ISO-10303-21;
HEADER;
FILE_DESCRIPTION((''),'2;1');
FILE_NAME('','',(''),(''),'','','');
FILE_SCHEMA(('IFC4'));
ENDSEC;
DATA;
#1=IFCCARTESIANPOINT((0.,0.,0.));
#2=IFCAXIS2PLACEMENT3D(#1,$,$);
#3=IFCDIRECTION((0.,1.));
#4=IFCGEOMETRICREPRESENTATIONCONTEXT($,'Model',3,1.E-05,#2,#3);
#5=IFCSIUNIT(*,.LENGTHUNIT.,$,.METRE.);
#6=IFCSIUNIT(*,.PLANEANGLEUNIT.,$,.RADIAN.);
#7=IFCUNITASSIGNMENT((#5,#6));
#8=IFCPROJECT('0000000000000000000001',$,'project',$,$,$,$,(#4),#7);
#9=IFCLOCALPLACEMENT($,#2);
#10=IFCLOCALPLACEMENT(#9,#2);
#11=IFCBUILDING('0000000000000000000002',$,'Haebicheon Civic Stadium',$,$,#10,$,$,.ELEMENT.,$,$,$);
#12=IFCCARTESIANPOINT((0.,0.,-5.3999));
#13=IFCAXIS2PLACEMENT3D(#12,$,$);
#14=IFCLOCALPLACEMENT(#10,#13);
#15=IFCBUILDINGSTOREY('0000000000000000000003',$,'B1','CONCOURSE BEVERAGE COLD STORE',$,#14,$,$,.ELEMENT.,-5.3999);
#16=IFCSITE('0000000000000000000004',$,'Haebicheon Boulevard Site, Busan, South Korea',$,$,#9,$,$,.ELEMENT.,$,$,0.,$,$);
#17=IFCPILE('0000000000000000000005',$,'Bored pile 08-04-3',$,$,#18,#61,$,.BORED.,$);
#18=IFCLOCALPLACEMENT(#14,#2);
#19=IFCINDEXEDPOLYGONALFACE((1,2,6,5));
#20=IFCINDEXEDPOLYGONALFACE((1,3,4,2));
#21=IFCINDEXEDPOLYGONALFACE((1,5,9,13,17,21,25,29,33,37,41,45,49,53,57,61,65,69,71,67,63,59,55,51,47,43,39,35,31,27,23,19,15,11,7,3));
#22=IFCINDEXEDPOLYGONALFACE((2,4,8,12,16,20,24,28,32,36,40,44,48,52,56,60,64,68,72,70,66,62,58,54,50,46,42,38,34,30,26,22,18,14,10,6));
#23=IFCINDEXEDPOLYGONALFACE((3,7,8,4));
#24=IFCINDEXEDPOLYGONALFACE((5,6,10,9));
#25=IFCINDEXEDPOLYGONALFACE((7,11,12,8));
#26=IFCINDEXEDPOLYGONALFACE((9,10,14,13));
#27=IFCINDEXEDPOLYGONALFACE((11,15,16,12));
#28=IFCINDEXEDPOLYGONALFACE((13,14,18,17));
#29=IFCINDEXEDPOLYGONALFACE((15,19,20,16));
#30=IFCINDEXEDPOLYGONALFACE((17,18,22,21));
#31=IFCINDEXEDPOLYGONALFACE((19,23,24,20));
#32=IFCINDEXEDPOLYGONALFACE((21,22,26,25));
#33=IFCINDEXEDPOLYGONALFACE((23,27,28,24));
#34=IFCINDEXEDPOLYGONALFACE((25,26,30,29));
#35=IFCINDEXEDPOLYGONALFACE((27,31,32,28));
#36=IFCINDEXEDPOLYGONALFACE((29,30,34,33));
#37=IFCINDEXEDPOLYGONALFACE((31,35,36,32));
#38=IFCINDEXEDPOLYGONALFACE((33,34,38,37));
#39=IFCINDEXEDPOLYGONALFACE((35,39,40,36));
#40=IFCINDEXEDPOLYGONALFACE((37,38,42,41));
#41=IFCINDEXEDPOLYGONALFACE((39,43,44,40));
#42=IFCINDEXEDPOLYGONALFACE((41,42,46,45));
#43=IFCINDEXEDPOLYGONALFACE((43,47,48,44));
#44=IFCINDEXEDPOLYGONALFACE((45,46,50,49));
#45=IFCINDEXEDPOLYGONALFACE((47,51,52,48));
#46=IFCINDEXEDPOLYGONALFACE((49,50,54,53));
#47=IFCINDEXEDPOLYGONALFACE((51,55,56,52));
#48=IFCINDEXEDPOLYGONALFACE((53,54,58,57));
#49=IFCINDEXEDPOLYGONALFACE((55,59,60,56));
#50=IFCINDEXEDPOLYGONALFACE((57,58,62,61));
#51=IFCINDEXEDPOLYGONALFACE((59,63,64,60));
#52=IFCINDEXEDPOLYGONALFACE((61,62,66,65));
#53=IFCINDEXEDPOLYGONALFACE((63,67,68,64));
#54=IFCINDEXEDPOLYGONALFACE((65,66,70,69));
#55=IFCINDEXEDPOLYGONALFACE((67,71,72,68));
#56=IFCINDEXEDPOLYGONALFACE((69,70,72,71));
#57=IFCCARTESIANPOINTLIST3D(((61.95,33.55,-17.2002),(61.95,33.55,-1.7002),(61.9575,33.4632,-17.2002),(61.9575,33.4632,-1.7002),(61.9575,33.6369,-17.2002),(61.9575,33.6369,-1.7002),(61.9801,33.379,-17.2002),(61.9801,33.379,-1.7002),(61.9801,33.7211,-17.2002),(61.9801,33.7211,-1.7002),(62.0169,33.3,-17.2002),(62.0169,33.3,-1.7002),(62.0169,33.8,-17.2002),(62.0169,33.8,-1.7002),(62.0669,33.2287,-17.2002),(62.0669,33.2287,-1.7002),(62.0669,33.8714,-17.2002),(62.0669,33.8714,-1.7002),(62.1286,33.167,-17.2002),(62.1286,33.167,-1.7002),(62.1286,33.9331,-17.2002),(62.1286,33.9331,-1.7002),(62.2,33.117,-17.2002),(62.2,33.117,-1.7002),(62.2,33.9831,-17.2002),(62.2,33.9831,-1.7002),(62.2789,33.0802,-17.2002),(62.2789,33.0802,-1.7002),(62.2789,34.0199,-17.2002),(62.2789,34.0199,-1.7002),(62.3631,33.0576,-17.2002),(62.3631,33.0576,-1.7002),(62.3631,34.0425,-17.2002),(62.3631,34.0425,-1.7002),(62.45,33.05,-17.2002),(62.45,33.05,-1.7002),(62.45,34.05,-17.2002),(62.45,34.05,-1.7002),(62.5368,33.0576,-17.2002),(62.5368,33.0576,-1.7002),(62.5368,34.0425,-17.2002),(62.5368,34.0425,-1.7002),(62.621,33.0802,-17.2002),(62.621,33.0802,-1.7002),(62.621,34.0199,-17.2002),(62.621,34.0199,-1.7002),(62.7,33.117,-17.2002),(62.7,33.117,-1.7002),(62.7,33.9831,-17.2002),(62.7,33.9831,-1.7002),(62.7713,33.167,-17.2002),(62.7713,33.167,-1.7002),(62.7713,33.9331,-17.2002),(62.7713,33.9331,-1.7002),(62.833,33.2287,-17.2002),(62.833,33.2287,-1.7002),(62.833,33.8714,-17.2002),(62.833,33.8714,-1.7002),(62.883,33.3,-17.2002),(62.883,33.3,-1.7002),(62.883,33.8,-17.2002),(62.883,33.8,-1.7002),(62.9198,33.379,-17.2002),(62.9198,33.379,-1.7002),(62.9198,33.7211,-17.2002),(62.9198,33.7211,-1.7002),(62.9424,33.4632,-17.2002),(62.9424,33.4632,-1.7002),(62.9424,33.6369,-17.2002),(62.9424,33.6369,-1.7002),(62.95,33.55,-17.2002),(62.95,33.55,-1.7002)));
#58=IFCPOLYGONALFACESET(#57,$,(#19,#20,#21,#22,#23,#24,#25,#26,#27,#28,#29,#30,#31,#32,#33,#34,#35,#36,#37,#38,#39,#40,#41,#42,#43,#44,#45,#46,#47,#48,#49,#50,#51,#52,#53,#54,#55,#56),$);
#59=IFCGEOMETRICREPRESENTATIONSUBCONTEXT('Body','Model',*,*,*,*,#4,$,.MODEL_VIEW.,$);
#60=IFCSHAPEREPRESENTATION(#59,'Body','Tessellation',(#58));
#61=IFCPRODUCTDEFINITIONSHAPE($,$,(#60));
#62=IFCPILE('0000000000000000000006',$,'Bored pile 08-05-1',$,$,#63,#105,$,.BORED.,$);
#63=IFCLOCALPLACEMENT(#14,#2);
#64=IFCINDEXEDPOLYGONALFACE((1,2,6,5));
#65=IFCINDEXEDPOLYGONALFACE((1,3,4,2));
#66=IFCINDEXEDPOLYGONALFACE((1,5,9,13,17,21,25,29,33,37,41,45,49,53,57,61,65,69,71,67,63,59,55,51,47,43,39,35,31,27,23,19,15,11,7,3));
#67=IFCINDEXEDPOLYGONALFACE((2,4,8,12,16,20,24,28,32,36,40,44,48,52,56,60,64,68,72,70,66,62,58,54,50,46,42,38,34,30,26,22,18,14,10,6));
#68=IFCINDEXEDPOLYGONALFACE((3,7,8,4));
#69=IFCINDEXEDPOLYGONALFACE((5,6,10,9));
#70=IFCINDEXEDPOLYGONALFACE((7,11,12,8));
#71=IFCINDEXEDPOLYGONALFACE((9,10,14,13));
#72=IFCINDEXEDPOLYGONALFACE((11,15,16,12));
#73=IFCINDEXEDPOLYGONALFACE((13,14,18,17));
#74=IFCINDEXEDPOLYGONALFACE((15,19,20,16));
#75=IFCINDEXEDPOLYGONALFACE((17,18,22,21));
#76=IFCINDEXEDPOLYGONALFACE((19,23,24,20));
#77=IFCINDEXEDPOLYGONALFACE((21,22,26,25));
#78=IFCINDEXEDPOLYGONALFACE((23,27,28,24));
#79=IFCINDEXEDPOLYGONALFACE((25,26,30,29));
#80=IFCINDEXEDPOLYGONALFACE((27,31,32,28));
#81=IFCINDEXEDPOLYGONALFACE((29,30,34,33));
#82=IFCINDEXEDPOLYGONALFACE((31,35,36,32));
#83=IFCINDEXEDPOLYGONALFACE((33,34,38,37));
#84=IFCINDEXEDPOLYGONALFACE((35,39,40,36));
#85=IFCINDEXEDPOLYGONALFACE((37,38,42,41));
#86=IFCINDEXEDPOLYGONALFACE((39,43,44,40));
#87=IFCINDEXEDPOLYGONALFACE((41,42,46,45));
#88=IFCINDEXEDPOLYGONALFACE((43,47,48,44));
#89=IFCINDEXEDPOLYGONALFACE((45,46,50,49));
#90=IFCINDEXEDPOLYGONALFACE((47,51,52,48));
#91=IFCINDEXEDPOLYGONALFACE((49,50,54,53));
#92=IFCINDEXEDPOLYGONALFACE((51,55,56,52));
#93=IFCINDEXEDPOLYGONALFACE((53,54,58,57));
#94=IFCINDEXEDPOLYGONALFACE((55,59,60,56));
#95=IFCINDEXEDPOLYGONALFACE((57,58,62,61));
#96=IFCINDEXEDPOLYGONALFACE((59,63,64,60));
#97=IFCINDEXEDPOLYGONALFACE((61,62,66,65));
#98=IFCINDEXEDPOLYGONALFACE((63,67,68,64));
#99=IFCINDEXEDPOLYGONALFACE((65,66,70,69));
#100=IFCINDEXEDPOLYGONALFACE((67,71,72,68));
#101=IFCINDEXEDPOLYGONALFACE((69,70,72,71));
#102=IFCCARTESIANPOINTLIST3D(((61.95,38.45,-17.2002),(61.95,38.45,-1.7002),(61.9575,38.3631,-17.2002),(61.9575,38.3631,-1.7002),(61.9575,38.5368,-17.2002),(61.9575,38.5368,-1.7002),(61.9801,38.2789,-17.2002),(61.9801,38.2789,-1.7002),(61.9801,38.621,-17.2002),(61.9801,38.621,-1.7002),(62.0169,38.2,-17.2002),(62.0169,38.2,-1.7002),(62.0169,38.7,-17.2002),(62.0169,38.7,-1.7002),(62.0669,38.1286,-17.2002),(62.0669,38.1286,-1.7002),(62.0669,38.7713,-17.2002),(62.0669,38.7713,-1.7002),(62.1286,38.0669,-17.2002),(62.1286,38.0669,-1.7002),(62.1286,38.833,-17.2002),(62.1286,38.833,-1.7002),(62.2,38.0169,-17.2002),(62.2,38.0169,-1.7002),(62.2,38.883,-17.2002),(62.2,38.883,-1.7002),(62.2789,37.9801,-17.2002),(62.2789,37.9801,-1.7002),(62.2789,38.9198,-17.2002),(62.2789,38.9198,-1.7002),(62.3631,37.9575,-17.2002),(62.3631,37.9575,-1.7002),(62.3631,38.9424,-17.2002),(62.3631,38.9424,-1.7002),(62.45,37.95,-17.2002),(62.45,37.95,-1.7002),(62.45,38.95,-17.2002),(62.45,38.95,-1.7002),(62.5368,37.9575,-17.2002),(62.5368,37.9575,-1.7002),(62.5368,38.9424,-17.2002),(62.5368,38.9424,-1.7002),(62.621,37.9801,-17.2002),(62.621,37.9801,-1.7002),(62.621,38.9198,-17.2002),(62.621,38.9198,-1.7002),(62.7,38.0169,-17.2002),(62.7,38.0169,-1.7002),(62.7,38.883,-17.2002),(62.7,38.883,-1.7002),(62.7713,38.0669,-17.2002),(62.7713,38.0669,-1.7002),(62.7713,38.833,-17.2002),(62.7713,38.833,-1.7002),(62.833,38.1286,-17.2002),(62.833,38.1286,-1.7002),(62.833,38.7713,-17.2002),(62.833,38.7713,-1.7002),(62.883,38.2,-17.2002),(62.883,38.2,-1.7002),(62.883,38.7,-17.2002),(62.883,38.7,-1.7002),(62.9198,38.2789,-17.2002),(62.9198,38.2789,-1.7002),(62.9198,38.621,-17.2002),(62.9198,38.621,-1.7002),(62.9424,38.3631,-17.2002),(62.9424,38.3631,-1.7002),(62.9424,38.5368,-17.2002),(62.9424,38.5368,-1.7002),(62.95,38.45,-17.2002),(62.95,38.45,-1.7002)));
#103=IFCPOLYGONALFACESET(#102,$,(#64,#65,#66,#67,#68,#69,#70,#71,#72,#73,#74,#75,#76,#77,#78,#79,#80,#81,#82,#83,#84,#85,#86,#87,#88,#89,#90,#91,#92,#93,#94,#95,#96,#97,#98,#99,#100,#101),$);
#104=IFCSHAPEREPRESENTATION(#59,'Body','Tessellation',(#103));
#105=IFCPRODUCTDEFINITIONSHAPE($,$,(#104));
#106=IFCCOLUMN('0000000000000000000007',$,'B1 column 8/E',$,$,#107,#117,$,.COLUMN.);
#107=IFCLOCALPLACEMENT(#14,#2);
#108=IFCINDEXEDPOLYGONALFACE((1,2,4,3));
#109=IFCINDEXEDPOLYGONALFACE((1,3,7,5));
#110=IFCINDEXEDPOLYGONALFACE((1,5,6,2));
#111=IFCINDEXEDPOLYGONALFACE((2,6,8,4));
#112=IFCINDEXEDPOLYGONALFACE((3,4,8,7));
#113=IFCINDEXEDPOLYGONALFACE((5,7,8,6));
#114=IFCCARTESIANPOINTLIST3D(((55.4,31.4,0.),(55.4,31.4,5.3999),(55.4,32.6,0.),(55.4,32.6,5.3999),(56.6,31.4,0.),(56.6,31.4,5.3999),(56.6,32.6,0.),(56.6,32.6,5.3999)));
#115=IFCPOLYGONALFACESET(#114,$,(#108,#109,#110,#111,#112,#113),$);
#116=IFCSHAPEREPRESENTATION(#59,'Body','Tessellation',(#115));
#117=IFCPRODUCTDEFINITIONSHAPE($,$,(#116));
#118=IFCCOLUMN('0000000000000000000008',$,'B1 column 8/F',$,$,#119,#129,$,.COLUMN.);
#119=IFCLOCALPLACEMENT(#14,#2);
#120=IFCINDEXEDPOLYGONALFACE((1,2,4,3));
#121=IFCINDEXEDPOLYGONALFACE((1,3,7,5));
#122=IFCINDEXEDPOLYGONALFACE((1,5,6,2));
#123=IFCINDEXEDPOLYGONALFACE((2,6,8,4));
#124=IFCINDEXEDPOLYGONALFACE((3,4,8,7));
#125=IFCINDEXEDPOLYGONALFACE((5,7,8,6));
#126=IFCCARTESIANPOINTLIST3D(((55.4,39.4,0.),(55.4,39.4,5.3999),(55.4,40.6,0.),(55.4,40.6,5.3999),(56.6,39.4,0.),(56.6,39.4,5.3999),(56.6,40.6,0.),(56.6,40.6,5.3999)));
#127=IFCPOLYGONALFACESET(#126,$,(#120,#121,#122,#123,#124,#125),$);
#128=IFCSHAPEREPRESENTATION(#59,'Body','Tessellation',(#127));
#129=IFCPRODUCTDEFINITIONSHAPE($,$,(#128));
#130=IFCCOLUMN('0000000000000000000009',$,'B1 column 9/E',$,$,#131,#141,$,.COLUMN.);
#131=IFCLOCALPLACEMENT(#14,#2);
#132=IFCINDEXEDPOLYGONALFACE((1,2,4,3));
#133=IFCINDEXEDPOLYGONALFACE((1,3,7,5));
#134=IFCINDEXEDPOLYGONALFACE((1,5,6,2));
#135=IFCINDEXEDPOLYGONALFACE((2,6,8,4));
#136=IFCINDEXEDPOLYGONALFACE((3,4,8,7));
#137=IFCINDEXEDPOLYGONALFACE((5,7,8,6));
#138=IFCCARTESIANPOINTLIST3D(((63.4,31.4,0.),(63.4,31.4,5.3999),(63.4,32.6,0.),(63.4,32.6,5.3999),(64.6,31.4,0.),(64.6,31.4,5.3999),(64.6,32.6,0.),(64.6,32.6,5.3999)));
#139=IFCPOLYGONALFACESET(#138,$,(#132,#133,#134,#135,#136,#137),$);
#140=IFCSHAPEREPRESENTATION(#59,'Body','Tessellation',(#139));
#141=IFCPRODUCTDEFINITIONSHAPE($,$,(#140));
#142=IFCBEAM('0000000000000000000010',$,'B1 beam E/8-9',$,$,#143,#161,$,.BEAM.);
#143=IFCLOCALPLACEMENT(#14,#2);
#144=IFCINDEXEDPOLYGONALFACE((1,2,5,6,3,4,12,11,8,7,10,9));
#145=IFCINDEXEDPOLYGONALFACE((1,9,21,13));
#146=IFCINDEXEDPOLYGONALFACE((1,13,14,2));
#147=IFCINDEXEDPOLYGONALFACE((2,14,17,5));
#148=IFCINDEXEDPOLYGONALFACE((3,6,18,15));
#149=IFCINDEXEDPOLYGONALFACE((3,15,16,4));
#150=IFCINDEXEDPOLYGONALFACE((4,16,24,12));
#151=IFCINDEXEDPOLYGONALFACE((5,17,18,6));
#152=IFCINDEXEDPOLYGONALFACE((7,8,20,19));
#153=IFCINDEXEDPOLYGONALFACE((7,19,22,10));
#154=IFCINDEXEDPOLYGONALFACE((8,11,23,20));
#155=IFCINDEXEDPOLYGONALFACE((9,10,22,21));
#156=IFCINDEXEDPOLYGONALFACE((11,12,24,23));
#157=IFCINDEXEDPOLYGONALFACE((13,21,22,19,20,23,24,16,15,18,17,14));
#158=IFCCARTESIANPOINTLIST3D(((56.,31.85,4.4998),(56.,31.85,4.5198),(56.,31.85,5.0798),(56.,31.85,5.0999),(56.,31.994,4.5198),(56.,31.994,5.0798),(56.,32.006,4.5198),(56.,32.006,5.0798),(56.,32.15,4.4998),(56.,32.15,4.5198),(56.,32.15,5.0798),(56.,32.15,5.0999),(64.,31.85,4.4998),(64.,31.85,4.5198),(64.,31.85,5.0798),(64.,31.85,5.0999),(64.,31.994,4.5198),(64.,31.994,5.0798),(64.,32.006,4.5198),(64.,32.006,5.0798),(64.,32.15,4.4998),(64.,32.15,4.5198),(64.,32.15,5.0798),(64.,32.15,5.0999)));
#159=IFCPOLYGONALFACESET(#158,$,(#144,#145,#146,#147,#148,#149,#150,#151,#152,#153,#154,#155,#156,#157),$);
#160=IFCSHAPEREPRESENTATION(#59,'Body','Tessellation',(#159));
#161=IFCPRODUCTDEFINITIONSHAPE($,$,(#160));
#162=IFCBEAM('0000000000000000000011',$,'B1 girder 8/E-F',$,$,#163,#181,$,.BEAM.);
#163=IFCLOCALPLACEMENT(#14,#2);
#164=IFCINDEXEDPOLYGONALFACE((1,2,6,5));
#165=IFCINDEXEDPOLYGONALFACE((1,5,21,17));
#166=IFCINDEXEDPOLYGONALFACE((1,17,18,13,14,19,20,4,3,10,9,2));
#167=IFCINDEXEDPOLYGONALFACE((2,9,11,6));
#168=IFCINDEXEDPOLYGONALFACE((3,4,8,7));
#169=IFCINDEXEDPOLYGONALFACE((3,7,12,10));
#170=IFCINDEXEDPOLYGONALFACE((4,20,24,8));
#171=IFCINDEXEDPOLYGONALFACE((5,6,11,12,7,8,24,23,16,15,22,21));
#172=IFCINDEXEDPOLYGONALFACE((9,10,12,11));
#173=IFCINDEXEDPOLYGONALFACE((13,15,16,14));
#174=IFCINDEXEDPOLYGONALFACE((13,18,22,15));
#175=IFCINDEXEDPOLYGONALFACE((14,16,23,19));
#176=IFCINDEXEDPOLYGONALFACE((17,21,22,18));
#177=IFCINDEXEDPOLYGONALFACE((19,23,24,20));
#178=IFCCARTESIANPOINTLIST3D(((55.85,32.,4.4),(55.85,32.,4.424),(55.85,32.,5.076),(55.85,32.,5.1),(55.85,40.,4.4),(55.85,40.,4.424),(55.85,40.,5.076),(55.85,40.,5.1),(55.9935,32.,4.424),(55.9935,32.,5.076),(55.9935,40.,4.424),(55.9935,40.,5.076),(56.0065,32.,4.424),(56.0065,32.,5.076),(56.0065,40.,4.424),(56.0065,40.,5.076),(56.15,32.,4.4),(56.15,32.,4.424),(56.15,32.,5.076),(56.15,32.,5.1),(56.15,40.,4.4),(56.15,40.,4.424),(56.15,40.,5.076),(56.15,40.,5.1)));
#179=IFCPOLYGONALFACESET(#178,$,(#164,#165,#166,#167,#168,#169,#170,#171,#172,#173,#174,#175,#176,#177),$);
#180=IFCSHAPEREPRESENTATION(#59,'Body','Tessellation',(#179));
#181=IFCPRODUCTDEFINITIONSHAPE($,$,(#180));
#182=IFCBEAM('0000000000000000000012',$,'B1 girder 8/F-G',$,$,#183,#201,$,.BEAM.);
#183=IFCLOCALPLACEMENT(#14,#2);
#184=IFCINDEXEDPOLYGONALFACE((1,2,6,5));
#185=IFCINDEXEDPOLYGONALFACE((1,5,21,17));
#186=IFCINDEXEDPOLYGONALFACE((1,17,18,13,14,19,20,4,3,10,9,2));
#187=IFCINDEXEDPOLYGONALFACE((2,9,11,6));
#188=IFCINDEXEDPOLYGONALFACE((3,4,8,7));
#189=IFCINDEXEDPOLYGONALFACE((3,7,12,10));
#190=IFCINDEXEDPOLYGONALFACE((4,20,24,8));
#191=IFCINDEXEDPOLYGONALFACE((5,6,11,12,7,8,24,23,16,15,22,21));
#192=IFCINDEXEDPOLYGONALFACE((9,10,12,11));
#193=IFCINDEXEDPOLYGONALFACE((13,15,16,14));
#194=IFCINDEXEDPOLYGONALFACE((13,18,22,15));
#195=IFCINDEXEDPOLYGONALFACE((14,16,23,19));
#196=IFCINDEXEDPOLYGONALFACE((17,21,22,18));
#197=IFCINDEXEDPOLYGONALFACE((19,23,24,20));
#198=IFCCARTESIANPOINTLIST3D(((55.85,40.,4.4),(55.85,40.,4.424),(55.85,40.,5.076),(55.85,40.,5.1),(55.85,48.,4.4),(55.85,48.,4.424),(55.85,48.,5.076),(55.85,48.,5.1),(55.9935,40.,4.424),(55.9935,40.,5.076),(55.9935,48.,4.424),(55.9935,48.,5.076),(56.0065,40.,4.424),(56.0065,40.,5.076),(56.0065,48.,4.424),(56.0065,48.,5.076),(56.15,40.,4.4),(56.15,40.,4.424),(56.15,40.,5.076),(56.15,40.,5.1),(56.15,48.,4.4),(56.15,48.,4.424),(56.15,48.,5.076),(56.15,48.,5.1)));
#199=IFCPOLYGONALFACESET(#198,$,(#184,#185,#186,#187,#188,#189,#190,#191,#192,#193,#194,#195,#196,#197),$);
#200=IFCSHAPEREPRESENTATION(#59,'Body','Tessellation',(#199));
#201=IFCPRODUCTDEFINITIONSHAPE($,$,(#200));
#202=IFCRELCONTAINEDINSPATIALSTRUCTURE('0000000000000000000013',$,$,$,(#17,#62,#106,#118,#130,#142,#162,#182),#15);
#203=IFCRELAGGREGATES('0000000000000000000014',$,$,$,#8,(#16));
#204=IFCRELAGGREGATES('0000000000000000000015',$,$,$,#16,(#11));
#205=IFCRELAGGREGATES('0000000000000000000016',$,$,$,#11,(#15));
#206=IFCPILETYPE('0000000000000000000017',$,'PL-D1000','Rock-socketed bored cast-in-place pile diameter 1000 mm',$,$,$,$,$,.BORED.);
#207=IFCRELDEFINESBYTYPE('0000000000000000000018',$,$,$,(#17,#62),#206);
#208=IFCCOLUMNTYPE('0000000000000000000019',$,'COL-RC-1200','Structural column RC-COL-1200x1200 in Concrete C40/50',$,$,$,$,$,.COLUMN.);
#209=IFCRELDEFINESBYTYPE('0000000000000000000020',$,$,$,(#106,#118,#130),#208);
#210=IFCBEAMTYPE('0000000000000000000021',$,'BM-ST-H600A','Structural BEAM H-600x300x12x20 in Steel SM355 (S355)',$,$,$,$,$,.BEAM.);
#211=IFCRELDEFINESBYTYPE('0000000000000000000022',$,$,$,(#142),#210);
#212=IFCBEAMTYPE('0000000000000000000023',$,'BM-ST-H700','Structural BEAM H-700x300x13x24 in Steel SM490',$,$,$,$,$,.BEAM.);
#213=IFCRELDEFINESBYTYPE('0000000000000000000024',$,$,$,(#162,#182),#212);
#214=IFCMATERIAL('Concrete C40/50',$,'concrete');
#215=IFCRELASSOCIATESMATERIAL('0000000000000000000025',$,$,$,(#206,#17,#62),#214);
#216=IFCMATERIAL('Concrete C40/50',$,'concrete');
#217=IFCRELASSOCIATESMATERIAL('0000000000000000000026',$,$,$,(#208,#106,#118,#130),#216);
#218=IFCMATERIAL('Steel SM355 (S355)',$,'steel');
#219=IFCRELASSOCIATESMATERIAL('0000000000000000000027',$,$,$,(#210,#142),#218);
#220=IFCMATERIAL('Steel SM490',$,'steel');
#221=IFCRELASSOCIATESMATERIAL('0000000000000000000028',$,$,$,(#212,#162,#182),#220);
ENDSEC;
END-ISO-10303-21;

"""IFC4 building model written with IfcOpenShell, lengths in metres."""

from ifc_helpers import new_model, si_unit, direction, frame, origin, origin_2d, place, context, subcontext, project, spatial, rectangle, circle, i_section, extrude, material, material_profile, profile_set, type_object, element, save


model = new_model("IFC4")

# Units and contexts
model_context = context("Model", 3, precision=1e-05, world=origin(), true_north=direction((0.0, 1.0)))
body_context = subcontext(model_context, "Body", "Model", "MODEL_VIEW")
ifc_project = project(units=[si_unit("LENGTHUNIT", "METRE"), si_unit("PLANEANGLEUNIT", "RADIAN")], contexts=[model_context])

# Site, building, storey
site_placement = place(None, origin())
site = spatial("IfcSite", under=ifc_project, at=site_placement, Name="Haebicheon Boulevard Site, Busan, South Korea", CompositionType="ELEMENT", RefElevation=0.0)
building_placement = place(site_placement, origin())
building = spatial("IfcBuilding", under=site, at=building_placement, Name="Haebicheon Civic Stadium", CompositionType="ELEMENT")
storey_placement = place(building_placement, frame((0.0, 0.0, -5.3999)))
storey = spatial("IfcBuildingStorey", under=building, at=storey_placement, Name="B1", Description="CONCOURSE BEVERAGE COLD STORE", CompositionType="ELEMENT", Elevation=-5.3999)

# Piles
ifc_material_1 = material(Name="Concrete C40/50", Category="concrete")
ifc_material_profile_1 = material_profile(ifc_material_1, circle(Radius=0.5, at=origin_2d()), Name="PILE-D1000")
ifc_profile_set_1 = profile_set([ifc_material_profile_1], Name="Concrete C40/50")
pile_type = type_object("IfcPileType", Name="PL-D1000", Description="Rock-socketed bored cast-in-place pile diameter 1000 mm", PredefinedType="BORED", material=ifc_profile_set_1)
for number, where, z_axis, x_axis, name in (
    (1, (62.45, 33.55, -1.7002), (0.0, 0.0, -1.0), (1.0, 0.0, 0.0), "Bored pile 08-04-3"),
    (2, (62.45, 38.45, -1.7002), (0.0, 0.0, -1.0), (1.0, 0.0, 0.0), "Bored pile 08-05-1"),
):
    element("IfcPile", number, at=place(storey_placement, frame(where, z_axis=z_axis, x_axis=x_axis)), inside=storey, type_object=pile_type, material=ifc_profile_set_1, Name=name, PredefinedType="BORED", context=body_context, shape_type="SweptSolid", body=[
        extrude(circle(Radius=0.5, at=origin_2d()), origin(), (0.0, 0.0, 1.0), 15.5),
    ])

# Columns
ifc_material_2 = material(Name="Concrete C40/50", Category="concrete")
ifc_material_profile_2 = material_profile(ifc_material_2, rectangle(XDim=1.2, YDim=1.2, at=origin_2d()), Name="RC-COL-1200x1200")
ifc_profile_set_2 = profile_set([ifc_material_profile_2], Name="Concrete C40/50")
column_type = type_object("IfcColumnType", Name="COL-RC-1200", Description="Structural column RC-COL-1200x1200 in Concrete C40/50", PredefinedType="COLUMN", material=ifc_profile_set_2)
for number, where, z_axis, x_axis, name in (
    (3, (56.0, 32.0, 0.0), (0.0, 0.0, 1.0), (1.0, 0.0, 0.0), "B1 column 8/E"),
    (4, (56.0, 40.0, 0.0), (0.0, 0.0, 1.0), (1.0, 0.0, 0.0), "B1 column 8/F"),
    (5, (64.0, 32.0, 0.0), (0.0, 0.0, 1.0), (1.0, 0.0, 0.0), "B1 column 9/E"),
):
    element("IfcColumn", number, at=place(storey_placement, frame(where, z_axis=z_axis, x_axis=x_axis)), inside=storey, type_object=column_type, material=ifc_profile_set_2, Name=name, PredefinedType="COLUMN", context=body_context, shape_type="SweptSolid", body=[
        extrude(rectangle(XDim=1.2, YDim=1.2, at=origin_2d()), origin(), (0.0, 0.0, 1.0), 5.3999),
    ])

# Beams
ifc_material_3 = material(Name="Steel SM355 (S355)", Category="steel")
ifc_material_profile_3 = material_profile(ifc_material_3, i_section(OverallWidth=0.3, OverallDepth=0.6001, WebThickness=0.012, FlangeThickness=0.02, at=origin_2d()), Name="H-600x300x12x20")
ifc_profile_set_3 = profile_set([ifc_material_profile_3], Name="Steel SM355 (S355)")
beam_type_1 = type_object("IfcBeamType", Name="BM-ST-H600A", Description="Structural BEAM H-600x300x12x20 in Steel SM355 (S355)", PredefinedType="BEAM", material=ifc_profile_set_3)
beam_1_placement = place(storey_placement, frame((56.0, 32.0, 4.7998), z_axis=(1.0, 0.0, 0.0), x_axis=(0.0, 1.0, 0.0)))
element("IfcBeam", 6, at=beam_1_placement, inside=storey, type_object=beam_type_1, material=ifc_profile_set_3, Name="B1 beam E/8-9", PredefinedType="BEAM", context=body_context, shape_type="SweptSolid", body=[
    extrude(i_section(OverallWidth=0.3, OverallDepth=0.6001, WebThickness=0.012, FlangeThickness=0.02, at=origin_2d()), origin(), (0.0, 0.0, 1.0), 8.0),
])
ifc_material_4 = material(Name="Steel SM490", Category="steel")
ifc_material_profile_4 = material_profile(ifc_material_4, i_section(OverallWidth=0.3, OverallDepth=0.7, WebThickness=0.0129, FlangeThickness=0.0239, at=origin_2d()), Name="H-700x300x13x24")
ifc_profile_set_4 = profile_set([ifc_material_profile_4], Name="Steel SM490")
beam_type_2 = type_object("IfcBeamType", Name="BM-ST-H700", Description="Structural BEAM H-700x300x13x24 in Steel SM490", PredefinedType="BEAM", material=ifc_profile_set_4)
for number, where, z_axis, x_axis, name in (
    (7, (56.0, 32.0, 4.75), (0.0, 1.0, 0.0), (-1.0, 0.0, 0.0), "B1 girder 8/E-F"),
    (8, (56.0, 40.0, 4.75), (0.0, 1.0, 0.0), (-1.0, 0.0, 0.0), "B1 girder 8/F-G"),
):
    element("IfcBeam", number, at=place(storey_placement, frame(where, z_axis=z_axis, x_axis=x_axis)), inside=storey, type_object=beam_type_2, material=ifc_profile_set_4, Name=name, PredefinedType="BEAM", context=body_context, shape_type="SweptSolid", body=[
        extrude(i_section(OverallWidth=0.3, OverallDepth=0.7, WebThickness=0.0129, FlangeThickness=0.0239, at=origin_2d()), origin(), (0.0, 0.0, 1.0), 8.0),
    ])

save(model, "model.ifc")
